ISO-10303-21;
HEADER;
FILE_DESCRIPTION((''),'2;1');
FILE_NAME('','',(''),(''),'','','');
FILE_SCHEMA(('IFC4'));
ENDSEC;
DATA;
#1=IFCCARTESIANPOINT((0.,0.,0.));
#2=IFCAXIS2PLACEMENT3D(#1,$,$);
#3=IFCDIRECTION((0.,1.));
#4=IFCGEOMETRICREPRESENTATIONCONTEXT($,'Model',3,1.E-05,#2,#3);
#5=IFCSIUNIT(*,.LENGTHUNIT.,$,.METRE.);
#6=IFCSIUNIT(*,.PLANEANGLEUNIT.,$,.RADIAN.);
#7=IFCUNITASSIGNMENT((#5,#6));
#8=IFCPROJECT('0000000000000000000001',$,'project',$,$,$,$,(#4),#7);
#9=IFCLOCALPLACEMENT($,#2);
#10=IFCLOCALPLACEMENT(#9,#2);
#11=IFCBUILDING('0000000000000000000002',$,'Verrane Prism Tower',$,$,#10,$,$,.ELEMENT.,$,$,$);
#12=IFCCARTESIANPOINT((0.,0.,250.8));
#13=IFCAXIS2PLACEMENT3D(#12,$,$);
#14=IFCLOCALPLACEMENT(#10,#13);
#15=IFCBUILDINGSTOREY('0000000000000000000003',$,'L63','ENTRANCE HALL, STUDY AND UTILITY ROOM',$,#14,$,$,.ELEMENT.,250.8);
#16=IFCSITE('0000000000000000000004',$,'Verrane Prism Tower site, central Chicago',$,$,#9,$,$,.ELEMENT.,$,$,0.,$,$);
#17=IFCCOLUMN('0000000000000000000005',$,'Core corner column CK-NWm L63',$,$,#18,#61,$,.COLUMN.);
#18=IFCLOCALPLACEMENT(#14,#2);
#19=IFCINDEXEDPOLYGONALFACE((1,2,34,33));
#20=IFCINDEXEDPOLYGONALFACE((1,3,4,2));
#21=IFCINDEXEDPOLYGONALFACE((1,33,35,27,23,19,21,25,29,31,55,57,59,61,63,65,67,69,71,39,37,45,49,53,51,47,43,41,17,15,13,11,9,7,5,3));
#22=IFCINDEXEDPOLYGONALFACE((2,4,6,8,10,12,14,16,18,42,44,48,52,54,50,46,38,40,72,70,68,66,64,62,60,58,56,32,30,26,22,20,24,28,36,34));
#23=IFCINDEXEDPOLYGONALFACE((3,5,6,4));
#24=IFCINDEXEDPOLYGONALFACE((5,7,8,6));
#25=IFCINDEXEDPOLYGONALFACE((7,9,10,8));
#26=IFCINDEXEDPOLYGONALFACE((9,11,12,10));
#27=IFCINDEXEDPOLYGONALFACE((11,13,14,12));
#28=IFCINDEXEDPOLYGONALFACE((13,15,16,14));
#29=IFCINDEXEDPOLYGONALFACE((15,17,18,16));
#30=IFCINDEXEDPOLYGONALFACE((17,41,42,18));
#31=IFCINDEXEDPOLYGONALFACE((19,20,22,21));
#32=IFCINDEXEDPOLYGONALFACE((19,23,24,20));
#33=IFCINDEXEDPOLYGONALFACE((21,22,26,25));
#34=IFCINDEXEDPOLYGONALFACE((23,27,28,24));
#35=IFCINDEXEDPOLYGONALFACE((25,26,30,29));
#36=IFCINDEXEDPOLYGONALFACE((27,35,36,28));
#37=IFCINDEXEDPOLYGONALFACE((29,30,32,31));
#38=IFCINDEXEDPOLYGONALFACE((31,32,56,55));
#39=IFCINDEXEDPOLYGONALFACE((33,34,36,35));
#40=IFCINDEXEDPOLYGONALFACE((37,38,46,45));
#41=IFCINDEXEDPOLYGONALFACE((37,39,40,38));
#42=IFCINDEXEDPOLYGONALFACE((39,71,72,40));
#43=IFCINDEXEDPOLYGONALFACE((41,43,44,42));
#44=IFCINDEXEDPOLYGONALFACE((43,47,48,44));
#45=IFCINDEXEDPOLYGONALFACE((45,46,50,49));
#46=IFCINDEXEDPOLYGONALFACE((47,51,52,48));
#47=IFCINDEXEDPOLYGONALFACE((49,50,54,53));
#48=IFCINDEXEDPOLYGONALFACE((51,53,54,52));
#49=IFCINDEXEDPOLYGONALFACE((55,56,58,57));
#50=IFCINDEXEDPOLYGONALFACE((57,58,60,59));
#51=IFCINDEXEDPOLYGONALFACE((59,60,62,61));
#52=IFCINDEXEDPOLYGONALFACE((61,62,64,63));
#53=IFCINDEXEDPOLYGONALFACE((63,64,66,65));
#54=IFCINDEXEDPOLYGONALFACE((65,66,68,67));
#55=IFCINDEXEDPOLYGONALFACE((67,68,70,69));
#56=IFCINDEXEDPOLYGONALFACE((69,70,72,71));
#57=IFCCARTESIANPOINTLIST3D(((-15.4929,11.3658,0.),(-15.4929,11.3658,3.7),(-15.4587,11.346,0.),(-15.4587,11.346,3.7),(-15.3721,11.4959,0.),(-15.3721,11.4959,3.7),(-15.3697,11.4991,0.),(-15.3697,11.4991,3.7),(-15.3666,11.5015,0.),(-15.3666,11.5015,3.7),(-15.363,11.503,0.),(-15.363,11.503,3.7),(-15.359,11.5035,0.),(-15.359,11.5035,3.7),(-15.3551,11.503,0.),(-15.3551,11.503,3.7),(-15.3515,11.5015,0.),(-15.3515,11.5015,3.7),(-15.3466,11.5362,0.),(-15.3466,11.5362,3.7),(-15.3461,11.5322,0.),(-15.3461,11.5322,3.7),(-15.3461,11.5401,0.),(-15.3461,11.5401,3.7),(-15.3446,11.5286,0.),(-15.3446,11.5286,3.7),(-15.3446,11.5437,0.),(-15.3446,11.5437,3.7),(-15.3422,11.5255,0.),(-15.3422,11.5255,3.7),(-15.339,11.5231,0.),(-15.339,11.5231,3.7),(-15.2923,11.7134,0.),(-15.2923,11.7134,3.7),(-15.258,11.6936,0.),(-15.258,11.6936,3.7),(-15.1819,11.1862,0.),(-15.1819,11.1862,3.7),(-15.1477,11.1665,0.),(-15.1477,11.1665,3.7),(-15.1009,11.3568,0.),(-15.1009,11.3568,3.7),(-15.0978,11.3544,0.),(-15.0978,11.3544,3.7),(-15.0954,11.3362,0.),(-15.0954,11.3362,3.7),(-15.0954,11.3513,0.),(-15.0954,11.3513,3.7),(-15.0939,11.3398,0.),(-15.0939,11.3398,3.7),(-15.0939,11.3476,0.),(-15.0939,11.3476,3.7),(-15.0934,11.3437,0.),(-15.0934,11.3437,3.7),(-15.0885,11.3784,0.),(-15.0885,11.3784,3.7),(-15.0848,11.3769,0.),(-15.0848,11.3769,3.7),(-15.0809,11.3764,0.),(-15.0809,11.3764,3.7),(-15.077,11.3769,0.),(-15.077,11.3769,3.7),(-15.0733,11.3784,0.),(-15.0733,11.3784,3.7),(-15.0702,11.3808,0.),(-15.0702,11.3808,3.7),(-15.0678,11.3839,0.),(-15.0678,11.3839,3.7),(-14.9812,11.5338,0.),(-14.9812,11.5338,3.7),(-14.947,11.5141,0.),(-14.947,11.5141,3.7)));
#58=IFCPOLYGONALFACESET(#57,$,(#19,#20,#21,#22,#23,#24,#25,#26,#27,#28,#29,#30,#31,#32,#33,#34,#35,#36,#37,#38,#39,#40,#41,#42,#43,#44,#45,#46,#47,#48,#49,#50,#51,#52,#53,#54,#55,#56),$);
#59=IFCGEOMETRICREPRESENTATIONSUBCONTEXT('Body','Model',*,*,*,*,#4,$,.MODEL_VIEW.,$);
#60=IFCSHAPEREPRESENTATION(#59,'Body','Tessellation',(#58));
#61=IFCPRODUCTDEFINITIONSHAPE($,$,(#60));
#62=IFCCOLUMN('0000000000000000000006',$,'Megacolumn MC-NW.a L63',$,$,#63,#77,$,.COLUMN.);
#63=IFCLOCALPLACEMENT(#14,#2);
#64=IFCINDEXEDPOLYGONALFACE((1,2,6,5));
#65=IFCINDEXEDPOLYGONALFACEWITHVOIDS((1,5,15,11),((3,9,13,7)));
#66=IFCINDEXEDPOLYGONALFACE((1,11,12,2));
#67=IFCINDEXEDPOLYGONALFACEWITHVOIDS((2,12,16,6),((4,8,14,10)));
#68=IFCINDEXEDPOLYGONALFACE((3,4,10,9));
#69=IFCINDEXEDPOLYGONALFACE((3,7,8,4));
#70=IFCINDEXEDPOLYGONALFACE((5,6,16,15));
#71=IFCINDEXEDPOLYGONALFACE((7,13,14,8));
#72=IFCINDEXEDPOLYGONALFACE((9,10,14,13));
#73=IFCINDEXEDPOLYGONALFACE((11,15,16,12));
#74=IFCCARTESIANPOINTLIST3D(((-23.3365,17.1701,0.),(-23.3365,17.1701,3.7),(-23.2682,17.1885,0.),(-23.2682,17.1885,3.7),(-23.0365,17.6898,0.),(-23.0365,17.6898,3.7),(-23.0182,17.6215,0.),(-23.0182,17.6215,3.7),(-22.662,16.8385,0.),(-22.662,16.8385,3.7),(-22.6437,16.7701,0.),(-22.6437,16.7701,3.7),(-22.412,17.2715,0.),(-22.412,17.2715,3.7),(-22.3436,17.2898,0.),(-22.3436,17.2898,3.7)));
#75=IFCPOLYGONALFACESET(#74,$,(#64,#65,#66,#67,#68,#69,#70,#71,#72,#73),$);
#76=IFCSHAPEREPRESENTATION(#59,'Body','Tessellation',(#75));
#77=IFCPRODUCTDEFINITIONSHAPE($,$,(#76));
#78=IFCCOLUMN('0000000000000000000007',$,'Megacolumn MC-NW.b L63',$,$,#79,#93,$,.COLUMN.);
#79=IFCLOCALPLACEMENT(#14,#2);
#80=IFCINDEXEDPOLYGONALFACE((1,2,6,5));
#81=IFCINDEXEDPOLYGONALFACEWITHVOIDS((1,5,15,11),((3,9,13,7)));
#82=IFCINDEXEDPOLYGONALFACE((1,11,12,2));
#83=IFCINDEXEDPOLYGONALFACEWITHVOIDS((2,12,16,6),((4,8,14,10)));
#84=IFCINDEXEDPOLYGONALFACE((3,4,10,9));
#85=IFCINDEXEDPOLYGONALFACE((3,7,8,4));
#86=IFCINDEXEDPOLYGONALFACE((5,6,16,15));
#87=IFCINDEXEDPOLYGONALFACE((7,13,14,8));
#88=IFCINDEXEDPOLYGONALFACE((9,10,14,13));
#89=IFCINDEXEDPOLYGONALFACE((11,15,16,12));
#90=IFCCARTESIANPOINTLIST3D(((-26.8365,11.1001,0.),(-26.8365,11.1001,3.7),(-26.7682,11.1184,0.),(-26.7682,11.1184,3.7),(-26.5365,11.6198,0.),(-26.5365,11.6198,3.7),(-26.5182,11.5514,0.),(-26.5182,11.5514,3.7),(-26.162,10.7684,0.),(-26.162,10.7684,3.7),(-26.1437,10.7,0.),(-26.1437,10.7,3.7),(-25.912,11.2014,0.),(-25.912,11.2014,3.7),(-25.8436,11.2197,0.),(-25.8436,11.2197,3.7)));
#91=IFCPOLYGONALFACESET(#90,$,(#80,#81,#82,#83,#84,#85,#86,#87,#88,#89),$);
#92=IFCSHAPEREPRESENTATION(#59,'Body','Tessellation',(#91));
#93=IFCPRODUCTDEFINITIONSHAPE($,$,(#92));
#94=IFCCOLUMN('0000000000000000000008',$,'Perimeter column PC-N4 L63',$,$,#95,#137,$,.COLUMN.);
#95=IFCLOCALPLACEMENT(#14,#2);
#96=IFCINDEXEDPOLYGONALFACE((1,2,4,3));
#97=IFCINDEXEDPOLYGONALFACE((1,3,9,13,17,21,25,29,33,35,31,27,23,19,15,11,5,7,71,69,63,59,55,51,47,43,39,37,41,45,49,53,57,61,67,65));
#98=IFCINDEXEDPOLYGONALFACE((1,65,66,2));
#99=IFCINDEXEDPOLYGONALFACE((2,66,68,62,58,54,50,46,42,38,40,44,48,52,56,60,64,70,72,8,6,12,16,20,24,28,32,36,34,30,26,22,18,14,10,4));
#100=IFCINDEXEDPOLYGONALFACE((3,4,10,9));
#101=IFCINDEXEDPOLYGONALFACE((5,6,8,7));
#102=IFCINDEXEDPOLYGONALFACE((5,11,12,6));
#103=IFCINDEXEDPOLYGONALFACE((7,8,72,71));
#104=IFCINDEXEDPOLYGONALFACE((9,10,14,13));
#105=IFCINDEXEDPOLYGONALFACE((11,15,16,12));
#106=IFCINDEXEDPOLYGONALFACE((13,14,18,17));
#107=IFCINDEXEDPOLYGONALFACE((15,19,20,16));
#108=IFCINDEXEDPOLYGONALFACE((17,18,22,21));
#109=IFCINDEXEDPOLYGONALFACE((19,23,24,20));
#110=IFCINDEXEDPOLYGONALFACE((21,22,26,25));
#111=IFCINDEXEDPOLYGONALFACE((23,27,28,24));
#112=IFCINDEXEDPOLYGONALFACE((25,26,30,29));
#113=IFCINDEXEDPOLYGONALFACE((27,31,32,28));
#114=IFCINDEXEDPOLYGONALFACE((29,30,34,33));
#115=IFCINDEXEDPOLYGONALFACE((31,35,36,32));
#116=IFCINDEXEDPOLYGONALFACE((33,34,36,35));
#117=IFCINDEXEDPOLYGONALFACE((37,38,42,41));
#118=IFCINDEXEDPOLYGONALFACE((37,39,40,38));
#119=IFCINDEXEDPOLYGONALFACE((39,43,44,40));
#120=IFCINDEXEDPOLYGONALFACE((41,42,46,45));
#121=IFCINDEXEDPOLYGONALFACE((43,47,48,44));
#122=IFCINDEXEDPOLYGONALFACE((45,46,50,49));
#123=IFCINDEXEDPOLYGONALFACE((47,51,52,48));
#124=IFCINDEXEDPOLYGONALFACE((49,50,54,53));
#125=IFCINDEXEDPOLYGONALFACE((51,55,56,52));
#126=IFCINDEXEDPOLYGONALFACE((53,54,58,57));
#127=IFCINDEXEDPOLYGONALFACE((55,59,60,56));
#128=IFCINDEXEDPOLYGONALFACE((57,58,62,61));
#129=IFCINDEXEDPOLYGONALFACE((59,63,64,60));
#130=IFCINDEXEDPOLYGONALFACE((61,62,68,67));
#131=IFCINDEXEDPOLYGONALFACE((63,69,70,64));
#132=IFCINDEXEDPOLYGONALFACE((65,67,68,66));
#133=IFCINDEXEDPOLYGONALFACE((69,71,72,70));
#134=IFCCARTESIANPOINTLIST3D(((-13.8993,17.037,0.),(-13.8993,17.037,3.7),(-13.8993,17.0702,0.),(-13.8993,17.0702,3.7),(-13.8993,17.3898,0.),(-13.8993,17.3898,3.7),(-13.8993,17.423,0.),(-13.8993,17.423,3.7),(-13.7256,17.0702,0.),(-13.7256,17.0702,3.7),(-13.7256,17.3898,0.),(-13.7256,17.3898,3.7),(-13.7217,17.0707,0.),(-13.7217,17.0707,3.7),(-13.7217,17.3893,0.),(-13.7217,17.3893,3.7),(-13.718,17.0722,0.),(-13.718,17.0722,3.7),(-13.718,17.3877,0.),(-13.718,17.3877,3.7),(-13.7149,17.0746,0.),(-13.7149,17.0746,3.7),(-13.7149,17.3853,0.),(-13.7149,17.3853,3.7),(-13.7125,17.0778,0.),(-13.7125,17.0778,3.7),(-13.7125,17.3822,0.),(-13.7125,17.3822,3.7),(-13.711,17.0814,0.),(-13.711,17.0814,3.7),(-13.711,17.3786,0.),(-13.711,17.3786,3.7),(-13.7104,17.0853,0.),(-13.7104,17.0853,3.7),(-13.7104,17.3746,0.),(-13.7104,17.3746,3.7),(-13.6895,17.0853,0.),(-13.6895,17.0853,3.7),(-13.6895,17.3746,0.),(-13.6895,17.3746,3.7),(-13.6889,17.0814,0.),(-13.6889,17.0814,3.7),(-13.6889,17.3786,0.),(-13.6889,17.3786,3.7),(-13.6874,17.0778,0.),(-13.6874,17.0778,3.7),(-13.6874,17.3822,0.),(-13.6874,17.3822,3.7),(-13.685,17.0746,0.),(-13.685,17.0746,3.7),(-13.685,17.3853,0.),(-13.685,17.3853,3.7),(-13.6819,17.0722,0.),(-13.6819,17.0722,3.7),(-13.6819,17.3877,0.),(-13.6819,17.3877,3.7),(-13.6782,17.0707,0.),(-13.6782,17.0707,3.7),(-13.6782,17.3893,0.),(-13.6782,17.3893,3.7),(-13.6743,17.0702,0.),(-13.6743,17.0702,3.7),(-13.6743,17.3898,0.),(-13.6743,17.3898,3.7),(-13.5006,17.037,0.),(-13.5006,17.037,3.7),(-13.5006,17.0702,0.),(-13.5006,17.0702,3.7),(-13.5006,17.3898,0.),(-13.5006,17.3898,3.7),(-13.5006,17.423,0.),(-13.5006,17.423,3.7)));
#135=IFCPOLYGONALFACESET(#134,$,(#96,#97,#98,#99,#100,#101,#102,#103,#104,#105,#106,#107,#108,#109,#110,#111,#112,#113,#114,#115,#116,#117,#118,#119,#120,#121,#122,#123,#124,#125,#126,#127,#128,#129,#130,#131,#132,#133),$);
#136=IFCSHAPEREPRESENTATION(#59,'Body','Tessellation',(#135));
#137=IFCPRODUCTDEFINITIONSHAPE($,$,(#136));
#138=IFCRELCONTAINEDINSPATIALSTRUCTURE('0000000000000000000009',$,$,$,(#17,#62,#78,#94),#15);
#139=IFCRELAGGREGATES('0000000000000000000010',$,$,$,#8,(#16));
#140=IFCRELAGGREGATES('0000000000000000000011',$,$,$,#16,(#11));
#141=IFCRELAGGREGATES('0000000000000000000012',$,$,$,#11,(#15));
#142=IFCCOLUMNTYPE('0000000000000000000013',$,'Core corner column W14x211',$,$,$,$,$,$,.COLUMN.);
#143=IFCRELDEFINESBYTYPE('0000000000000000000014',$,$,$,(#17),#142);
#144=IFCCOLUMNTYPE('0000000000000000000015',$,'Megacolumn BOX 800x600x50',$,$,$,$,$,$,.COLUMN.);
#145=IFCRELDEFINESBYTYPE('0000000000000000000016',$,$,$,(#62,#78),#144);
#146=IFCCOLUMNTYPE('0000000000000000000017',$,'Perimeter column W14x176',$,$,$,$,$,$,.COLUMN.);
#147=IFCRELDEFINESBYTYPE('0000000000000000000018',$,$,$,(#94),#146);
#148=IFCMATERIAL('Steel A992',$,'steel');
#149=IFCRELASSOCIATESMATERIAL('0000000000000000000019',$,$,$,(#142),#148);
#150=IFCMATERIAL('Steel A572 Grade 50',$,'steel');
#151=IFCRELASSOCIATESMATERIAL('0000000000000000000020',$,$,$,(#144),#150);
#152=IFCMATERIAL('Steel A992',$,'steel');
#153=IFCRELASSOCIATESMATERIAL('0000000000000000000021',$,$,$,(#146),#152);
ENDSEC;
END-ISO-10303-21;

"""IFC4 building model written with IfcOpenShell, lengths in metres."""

from ifc_helpers import new_model, si_unit, direction, frame, origin, origin_2d, place, context, subcontext, project, spatial, hollow_rectangle, i_section, extrude, material, material_profile, profile_set, type_object, element, save


model = new_model("IFC4")

# Units and contexts
model_context = context("Model", 3, precision=1e-05, world=origin(), true_north=direction((0.0, 1.0)))
body_context = subcontext(model_context, "Body", "Model", "MODEL_VIEW")
ifc_project = project(units=[si_unit("LENGTHUNIT", "METRE"), si_unit("PLANEANGLEUNIT", "RADIAN")], contexts=[model_context])

# Site, building, storey
site_placement = place(None, origin())
site = spatial("IfcSite", under=ifc_project, at=site_placement, Name="Verrane Prism Tower site, central Chicago", CompositionType="ELEMENT", RefElevation=0.0)
building_placement = place(site_placement, origin())
building = spatial("IfcBuilding", under=site, at=building_placement, Name="Verrane Prism Tower", CompositionType="ELEMENT")
storey_placement = place(building_placement, frame((0.0, 0.0, 250.8)))
storey = spatial("IfcBuildingStorey", under=building, at=storey_placement, Name="L63", Description="ENTRANCE HALL, STUDY AND UTILITY ROOM", CompositionType="ELEMENT", Elevation=250.8)

# Columns
ifc_material_1 = material(Name="Steel A992", Category="steel")
ifc_material_profile_1 = material_profile(ifc_material_1, i_section(OverallWidth=0.4014, OverallDepth=0.3987, WebThickness=0.0249, FlangeThickness=0.0396, FilletRadius=0.0151, at=origin_2d()), Name="W14x211")
ifc_profile_set_1 = profile_set([ifc_material_profile_1], Name="Steel A992")
column_type_1 = type_object("IfcColumnType", Name="Core corner column W14x211", PredefinedType="COLUMN", material=ifc_profile_set_1)
column_1_placement = place(storey_placement, frame((-15.22, 11.4399, 0.0), z_axis=(0.0, 0.0, 1.0), x_axis=(0.5, 0.866025, 0.0)))
element("IfcColumn", 1, at=column_1_placement, inside=storey, type_object=column_type_1, Name="Core corner column CK-NWm L63", PredefinedType="COLUMN", context=body_context, shape_type="SweptSolid", body=[
    extrude(i_section(OverallWidth=0.4014, OverallDepth=0.3987, WebThickness=0.0249, FlangeThickness=0.0396, FilletRadius=0.0151, at=origin_2d()), origin(), (0.0, 0.0, 1.0), 3.7),
])
ifc_material_2 = material(Name="Steel A572 Grade 50", Category="steel")
ifc_material_profile_2 = material_profile(ifc_material_2, hollow_rectangle(XDim=0.6001, YDim=0.8, WallThickness=0.05, at=origin_2d()), Name="BOX 800x600x50")
ifc_profile_set_2 = profile_set([ifc_material_profile_2], Name="Steel A572 Grade 50")
column_type_2 = type_object("IfcColumnType", Name="Megacolumn BOX 800x600x50", PredefinedType="COLUMN", material=ifc_profile_set_2)
for number, where, z_axis, x_axis, name in (
    (2, (-22.8401, 17.23, 0.0), (0.0, 0.0, 1.0), (0.5, 0.866025, 0.0), "Megacolumn MC-NW.a L63"),
    (3, (-26.3401, 11.1599, 0.0), (0.0, 0.0, 1.0), (0.5, 0.866025, 0.0), "Megacolumn MC-NW.b L63"),
):
    element("IfcColumn", number, at=place(storey_placement, frame(where, z_axis=z_axis, x_axis=x_axis)), inside=storey, type_object=column_type_2, Name=name, PredefinedType="COLUMN", context=body_context, shape_type="SweptSolid", body=[
        extrude(hollow_rectangle(XDim=0.6001, YDim=0.8, WallThickness=0.05, at=origin_2d()), origin(), (0.0, 0.0, 1.0), 3.7),
    ])
ifc_material_3 = material(Name="Steel A992", Category="steel")
ifc_material_profile_3 = material_profile(ifc_material_3, i_section(OverallWidth=0.3987, OverallDepth=0.386, WebThickness=0.021, FlangeThickness=0.0332, FilletRadius=0.0151, at=origin_2d()), Name="W14x176")
ifc_profile_set_3 = profile_set([ifc_material_profile_3], Name="Steel A992")
column_type_3 = type_object("IfcColumnType", Name="Perimeter column W14x176", PredefinedType="COLUMN", material=ifc_profile_set_3)
column_2_placement = place(storey_placement, frame((-13.7, 17.23, 0.0), z_axis=(0.0, 0.0, 1.0), x_axis=(1.0, 0.0, 0.0)))
element("IfcColumn", 4, at=column_2_placement, inside=storey, type_object=column_type_3, Name="Perimeter column PC-N4 L63", PredefinedType="COLUMN", context=body_context, shape_type="SweptSolid", body=[
    extrude(i_section(OverallWidth=0.3987, OverallDepth=0.386, WebThickness=0.021, FlangeThickness=0.0332, FilletRadius=0.0151, at=origin_2d()), origin(), (0.0, 0.0, 1.0), 3.7),
])

save(model, "model.ifc")
